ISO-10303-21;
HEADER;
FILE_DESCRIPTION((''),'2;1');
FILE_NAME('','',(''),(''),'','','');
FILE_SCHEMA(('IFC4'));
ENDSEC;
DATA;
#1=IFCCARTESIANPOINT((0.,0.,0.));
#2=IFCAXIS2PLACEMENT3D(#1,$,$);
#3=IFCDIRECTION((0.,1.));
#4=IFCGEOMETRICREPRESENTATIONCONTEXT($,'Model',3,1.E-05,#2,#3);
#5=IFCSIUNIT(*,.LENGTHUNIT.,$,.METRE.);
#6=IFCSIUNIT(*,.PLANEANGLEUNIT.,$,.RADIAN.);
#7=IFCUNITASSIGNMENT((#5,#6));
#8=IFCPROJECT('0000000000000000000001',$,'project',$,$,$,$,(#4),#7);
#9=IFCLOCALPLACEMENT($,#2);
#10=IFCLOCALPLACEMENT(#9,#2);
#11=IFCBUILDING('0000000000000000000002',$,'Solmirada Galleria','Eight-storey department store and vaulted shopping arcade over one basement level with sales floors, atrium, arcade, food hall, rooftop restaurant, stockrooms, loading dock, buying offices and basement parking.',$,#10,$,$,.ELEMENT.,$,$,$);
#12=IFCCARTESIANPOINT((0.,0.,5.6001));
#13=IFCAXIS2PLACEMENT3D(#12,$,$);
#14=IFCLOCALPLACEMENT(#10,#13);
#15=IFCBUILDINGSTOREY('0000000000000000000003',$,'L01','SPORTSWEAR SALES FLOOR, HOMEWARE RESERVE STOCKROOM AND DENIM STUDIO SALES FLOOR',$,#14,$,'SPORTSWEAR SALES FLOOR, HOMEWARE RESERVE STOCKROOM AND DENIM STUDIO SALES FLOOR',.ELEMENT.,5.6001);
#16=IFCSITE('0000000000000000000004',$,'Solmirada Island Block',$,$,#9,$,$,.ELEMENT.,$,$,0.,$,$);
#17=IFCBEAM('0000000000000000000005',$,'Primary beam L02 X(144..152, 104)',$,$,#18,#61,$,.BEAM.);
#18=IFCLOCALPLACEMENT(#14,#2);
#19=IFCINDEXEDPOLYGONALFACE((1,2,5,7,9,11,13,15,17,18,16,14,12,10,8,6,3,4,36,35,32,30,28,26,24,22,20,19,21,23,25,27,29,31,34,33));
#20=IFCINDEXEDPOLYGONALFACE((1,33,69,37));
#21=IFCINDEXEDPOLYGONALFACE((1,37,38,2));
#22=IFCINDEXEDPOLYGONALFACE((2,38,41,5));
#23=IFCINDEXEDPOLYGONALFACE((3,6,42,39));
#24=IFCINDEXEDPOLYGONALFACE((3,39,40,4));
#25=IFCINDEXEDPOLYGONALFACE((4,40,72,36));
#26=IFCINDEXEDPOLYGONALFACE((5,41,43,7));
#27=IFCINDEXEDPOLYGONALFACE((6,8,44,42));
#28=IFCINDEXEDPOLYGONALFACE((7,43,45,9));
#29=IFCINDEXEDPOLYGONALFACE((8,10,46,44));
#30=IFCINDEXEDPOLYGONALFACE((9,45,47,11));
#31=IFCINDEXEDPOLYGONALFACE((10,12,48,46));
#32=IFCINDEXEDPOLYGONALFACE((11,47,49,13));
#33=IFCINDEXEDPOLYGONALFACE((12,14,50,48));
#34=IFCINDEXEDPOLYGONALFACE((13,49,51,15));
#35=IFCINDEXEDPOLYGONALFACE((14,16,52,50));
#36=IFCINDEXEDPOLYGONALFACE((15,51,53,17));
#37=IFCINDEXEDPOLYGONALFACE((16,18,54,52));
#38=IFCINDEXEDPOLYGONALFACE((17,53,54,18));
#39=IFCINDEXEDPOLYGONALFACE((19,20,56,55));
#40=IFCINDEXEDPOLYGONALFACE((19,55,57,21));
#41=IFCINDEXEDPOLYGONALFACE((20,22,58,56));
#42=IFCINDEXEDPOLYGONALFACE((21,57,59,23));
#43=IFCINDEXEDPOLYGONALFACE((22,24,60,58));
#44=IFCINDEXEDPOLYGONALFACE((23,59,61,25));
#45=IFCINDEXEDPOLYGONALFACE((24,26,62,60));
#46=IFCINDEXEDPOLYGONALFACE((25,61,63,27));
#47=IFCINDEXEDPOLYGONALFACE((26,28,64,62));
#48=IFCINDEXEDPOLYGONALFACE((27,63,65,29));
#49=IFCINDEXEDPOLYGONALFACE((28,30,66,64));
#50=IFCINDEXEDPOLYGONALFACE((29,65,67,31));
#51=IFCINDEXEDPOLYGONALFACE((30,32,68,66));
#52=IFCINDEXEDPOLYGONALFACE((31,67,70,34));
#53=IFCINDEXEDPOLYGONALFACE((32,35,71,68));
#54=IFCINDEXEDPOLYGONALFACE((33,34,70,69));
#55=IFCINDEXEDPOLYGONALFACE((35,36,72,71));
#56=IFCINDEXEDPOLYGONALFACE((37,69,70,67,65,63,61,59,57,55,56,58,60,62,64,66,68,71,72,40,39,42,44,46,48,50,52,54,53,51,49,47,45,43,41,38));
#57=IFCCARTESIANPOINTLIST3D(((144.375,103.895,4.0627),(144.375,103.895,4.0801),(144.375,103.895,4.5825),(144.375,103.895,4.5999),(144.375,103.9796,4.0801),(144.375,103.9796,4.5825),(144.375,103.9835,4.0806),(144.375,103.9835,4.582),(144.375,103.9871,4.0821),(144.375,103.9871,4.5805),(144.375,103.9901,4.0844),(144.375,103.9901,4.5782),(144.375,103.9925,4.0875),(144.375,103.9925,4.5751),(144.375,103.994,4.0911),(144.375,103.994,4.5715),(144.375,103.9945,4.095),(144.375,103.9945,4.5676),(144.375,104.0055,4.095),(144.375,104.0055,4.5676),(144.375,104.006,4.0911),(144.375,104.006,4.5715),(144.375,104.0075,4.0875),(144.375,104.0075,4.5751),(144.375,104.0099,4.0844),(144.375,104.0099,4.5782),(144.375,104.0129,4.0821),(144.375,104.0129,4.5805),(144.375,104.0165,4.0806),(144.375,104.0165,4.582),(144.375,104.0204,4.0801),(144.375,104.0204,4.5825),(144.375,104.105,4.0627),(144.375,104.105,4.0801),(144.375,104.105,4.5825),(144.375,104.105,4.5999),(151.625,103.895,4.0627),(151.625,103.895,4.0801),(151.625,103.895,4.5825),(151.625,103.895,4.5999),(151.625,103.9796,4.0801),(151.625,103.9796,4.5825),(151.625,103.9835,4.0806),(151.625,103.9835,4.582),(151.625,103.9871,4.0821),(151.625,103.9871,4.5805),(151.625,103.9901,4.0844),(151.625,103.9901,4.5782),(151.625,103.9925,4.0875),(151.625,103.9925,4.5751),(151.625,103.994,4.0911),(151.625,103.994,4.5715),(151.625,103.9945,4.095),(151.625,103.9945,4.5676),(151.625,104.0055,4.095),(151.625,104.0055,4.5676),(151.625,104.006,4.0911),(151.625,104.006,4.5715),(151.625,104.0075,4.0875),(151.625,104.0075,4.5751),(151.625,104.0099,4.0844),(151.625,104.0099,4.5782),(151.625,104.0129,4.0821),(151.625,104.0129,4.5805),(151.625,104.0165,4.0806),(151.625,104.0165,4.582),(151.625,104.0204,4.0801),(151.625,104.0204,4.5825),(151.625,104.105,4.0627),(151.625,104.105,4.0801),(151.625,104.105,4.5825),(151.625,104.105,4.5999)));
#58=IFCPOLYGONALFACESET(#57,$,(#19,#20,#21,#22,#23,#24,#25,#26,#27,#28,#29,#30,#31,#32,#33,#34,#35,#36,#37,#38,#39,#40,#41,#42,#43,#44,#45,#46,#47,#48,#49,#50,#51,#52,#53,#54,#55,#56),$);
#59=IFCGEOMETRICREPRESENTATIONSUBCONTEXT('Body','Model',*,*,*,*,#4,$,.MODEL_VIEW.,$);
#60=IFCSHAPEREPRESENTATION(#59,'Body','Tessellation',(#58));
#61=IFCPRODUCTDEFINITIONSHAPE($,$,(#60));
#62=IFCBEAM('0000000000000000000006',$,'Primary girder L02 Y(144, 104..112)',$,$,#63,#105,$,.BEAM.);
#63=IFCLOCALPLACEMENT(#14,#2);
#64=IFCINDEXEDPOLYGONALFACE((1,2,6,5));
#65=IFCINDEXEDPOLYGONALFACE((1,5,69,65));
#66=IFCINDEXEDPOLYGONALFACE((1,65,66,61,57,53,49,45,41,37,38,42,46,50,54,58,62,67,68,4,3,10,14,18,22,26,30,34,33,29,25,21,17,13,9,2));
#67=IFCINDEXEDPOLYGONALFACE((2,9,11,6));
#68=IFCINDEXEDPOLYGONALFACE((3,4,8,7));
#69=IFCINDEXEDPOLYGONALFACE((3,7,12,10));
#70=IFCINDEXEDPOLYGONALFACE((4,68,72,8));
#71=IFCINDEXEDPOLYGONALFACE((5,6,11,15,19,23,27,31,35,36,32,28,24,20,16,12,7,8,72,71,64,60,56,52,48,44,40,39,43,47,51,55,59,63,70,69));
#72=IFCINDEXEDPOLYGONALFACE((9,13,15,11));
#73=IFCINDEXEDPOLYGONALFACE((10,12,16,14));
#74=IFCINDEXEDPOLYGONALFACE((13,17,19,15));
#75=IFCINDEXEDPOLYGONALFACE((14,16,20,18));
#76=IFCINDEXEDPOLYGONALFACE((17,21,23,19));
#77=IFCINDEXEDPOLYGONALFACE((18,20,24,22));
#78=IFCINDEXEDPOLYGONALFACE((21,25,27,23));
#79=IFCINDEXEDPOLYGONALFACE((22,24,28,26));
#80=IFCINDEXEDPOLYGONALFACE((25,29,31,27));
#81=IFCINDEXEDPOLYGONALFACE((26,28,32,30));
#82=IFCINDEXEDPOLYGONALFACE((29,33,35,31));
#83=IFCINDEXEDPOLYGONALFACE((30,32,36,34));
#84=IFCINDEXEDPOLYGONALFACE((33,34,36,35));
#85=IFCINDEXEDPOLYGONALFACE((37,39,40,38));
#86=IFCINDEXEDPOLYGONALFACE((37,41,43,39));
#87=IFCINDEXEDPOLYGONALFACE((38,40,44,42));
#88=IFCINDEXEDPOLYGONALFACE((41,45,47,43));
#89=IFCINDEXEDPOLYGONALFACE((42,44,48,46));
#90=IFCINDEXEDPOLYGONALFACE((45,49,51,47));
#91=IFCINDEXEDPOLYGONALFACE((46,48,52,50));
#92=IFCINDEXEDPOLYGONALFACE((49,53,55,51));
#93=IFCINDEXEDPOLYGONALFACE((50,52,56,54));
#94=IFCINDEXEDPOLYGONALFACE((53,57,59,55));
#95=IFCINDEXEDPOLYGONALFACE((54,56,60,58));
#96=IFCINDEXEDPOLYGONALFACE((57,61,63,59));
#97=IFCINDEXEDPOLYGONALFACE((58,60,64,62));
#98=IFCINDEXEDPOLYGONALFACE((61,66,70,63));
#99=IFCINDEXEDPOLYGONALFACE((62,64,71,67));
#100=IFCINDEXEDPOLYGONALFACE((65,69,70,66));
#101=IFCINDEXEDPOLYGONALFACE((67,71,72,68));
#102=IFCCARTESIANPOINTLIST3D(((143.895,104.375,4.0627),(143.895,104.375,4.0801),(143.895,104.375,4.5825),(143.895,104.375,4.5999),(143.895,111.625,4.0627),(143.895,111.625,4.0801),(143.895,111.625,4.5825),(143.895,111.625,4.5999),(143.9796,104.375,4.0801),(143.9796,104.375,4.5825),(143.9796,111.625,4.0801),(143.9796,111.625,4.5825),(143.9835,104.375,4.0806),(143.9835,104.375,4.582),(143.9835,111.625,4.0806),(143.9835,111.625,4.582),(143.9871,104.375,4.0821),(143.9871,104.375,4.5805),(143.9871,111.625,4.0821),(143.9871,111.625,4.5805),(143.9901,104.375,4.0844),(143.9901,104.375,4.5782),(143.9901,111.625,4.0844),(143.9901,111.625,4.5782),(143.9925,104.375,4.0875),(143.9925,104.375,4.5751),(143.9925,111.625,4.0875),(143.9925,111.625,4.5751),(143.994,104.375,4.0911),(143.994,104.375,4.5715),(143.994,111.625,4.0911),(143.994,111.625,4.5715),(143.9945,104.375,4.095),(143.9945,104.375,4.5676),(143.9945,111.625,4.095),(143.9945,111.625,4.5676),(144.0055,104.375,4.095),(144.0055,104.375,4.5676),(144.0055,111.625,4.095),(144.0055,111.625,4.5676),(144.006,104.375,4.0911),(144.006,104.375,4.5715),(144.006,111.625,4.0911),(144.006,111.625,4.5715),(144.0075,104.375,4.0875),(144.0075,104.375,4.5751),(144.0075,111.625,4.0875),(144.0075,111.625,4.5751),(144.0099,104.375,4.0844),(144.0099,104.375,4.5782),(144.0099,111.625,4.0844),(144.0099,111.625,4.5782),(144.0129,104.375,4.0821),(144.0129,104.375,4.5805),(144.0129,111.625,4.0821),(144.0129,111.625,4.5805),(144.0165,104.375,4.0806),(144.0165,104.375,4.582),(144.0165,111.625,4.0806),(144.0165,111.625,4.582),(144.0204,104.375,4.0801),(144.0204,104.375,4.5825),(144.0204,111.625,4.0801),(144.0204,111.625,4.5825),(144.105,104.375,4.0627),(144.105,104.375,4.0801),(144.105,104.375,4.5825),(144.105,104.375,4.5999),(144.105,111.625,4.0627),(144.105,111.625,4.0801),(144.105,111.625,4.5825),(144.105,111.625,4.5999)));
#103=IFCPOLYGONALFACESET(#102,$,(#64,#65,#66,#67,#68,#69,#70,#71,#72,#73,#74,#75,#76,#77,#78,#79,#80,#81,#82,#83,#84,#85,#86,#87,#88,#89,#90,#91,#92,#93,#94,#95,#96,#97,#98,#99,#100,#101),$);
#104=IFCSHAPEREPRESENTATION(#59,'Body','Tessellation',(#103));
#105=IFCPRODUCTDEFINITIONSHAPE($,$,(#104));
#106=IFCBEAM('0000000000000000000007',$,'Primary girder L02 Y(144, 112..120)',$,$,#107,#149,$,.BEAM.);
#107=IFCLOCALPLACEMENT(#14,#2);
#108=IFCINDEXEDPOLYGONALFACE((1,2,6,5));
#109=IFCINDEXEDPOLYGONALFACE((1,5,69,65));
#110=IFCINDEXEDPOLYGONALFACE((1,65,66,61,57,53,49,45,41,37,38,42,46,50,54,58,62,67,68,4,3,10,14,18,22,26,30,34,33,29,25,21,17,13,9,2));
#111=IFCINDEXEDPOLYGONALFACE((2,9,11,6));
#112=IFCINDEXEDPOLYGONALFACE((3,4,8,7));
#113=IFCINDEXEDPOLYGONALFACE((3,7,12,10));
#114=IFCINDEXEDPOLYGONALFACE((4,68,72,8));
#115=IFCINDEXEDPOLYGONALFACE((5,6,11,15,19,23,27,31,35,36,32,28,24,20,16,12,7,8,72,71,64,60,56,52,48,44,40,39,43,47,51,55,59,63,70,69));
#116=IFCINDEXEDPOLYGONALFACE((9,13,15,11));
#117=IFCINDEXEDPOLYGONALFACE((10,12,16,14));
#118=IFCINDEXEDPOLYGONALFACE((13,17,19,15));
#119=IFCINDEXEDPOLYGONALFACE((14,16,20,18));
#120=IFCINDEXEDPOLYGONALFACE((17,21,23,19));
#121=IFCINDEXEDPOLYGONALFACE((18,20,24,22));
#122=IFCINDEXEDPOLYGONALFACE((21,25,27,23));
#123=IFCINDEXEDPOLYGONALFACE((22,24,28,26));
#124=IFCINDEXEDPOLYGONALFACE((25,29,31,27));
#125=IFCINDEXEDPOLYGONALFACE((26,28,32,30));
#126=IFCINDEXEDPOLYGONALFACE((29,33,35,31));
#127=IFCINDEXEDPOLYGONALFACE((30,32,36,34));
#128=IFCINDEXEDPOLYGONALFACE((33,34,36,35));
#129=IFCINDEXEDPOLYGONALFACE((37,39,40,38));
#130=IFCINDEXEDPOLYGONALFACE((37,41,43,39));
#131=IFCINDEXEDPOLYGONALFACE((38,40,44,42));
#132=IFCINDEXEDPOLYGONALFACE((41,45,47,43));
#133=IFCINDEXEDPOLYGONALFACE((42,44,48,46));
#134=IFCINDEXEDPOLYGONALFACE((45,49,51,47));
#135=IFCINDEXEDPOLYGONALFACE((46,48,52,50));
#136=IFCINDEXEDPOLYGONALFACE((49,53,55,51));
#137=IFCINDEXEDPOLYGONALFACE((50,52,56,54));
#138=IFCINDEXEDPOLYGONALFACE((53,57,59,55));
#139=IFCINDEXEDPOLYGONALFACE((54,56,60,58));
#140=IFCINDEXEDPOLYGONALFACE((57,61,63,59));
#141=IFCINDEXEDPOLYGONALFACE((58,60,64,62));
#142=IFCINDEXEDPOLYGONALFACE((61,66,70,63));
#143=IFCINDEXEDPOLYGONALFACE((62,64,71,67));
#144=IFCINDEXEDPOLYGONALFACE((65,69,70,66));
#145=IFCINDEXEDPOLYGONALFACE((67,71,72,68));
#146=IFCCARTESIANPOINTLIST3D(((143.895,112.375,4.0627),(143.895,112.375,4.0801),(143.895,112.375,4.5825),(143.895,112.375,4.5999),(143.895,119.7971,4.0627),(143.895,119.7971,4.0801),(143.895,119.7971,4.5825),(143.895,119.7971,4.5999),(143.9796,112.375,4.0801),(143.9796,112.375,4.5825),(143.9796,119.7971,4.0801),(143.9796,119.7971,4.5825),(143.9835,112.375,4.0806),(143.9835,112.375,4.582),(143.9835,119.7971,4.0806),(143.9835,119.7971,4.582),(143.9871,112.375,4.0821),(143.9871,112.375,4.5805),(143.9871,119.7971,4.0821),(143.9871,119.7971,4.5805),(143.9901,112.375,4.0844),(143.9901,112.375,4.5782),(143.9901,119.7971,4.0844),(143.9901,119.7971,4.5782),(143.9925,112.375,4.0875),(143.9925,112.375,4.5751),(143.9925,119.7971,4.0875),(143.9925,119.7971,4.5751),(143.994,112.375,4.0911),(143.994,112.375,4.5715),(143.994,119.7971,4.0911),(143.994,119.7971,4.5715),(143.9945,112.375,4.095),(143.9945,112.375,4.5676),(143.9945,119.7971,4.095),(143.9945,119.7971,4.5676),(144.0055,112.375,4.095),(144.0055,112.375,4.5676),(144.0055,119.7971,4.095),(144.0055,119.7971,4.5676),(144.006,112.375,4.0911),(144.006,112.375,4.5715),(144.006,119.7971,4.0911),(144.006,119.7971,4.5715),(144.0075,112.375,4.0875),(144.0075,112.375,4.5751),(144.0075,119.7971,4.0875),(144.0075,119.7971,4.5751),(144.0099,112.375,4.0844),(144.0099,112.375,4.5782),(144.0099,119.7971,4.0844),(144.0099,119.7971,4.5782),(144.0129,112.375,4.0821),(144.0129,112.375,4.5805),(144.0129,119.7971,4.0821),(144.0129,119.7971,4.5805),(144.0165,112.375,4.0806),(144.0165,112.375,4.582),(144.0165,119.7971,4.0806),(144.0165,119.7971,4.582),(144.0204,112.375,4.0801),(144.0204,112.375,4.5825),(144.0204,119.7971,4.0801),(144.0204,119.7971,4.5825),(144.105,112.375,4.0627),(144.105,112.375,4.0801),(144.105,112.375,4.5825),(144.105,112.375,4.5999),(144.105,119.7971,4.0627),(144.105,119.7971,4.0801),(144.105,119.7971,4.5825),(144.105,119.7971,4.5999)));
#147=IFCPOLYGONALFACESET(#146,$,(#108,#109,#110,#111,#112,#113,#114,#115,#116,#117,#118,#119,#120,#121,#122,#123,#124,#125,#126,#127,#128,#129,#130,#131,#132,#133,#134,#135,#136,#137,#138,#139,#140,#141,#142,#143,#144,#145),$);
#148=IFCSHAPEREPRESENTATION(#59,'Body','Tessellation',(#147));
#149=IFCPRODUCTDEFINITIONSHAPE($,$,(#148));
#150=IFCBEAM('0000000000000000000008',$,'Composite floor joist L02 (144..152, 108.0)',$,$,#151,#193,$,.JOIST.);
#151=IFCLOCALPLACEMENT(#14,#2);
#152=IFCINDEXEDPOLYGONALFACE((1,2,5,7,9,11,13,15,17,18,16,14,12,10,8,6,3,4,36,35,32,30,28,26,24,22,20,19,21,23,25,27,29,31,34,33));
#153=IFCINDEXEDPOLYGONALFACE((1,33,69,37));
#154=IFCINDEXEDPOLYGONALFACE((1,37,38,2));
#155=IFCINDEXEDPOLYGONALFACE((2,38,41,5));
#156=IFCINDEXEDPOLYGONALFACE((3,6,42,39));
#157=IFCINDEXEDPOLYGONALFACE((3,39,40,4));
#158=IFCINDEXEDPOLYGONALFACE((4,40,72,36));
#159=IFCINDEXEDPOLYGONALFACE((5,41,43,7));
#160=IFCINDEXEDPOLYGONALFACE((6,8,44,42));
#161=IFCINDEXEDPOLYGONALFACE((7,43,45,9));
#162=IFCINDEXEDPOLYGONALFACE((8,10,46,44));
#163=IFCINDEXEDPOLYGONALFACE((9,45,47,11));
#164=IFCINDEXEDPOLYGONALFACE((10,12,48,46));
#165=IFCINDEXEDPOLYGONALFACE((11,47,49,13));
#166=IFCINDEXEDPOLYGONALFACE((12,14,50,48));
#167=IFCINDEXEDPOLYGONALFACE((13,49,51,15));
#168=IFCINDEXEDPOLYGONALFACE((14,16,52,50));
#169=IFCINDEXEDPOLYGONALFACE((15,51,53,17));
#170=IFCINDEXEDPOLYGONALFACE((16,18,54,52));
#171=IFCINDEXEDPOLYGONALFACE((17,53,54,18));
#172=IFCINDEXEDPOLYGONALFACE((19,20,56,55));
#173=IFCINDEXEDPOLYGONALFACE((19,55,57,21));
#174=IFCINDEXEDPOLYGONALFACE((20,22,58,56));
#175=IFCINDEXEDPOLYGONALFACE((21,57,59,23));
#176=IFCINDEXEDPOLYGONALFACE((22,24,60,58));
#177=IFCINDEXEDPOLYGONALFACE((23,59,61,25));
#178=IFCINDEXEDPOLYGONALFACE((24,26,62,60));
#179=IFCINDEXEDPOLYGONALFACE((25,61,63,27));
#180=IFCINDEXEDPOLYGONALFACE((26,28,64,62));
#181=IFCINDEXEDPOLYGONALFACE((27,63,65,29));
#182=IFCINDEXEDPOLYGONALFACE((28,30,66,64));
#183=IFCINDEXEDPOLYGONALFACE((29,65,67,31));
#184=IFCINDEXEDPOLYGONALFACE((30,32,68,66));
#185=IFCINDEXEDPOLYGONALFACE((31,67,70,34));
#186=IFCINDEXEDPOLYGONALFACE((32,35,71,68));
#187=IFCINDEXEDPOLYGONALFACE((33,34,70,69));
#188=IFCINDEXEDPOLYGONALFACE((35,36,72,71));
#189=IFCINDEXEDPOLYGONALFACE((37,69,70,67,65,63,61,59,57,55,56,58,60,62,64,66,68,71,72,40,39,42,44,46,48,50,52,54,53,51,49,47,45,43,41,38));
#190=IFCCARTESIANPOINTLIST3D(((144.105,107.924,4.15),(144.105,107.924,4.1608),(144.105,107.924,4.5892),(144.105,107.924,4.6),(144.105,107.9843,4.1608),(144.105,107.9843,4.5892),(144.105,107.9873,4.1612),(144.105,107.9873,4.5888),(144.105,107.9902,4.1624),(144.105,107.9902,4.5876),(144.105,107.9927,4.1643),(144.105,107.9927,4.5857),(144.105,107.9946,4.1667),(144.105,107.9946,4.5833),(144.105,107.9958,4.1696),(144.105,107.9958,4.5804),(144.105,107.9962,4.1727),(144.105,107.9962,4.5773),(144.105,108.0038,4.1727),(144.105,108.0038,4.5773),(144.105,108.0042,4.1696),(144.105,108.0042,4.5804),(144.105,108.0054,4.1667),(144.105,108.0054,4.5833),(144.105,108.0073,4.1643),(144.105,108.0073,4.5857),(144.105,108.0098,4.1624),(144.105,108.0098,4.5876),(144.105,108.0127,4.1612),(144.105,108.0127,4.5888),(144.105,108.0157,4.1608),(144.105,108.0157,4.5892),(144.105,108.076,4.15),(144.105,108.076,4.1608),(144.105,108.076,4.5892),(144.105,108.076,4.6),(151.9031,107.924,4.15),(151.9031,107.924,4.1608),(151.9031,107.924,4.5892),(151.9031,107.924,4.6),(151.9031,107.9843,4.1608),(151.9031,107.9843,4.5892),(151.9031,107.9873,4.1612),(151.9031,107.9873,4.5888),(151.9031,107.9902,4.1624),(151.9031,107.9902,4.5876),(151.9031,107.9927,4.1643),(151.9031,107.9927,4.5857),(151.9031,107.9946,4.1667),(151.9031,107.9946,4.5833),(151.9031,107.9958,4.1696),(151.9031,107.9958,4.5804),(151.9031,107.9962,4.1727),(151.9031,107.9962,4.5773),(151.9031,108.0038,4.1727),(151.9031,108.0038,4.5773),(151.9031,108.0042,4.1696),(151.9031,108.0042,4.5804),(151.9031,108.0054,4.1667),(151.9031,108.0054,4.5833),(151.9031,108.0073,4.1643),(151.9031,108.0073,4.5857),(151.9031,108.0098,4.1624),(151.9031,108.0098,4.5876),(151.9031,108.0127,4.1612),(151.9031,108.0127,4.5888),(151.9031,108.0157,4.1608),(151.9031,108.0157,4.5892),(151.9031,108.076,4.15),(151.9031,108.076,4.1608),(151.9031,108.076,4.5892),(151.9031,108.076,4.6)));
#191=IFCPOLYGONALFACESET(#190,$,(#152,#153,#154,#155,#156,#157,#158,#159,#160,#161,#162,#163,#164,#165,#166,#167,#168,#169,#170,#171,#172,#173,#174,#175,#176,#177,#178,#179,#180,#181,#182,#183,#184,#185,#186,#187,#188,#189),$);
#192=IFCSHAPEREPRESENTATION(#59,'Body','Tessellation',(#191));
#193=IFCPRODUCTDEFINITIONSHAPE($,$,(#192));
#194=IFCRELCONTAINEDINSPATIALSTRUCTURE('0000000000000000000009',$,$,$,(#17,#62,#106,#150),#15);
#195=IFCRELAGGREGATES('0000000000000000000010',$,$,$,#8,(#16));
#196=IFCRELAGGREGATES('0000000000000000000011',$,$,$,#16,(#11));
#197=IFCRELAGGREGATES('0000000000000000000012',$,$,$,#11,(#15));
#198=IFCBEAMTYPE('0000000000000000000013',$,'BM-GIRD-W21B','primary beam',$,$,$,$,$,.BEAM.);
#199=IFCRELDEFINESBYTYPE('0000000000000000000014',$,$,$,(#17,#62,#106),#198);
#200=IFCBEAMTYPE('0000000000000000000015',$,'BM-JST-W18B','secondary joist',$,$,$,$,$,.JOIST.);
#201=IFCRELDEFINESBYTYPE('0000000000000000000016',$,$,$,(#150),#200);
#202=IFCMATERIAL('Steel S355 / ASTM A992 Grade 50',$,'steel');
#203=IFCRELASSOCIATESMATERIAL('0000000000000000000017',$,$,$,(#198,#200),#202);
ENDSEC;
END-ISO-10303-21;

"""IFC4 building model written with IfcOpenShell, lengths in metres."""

from ifc_helpers import new_model, si_unit, direction, frame, origin, origin_2d, place, context, subcontext, project, spatial, i_section, extrude, material, material_profile, profile_set, type_object, element, save


model = new_model("IFC4")

# Units and contexts
model_context = context("Model", 3, precision=1e-05, world=origin(), true_north=direction((0.0, 1.0)))
body_context = subcontext(model_context, "Body", "Model", "MODEL_VIEW")
ifc_project = project(units=[si_unit("LENGTHUNIT", "METRE"), si_unit("PLANEANGLEUNIT", "RADIAN")], contexts=[model_context])

# Site, building, storey
site_placement = place(None, origin())
site = spatial("IfcSite", under=ifc_project, at=site_placement, Name="Solmirada Island Block", CompositionType="ELEMENT", RefElevation=0.0)
building_placement = place(site_placement, origin())
building = spatial("IfcBuilding", under=site, at=building_placement, Name="Solmirada Galleria", Description="Eight-storey department store and vaulted shopping arcade over one basement level with sales floors, atrium, arcade, food hall, rooftop restaurant, stockrooms, loading dock, buying offices and basement parking.", CompositionType="ELEMENT")
storey_placement = place(building_placement, frame((0.0, 0.0, 5.6001)))
storey = spatial("IfcBuildingStorey", under=building, at=storey_placement, Name="L01", Description="SPORTSWEAR SALES FLOOR, HOMEWARE RESERVE STOCKROOM AND DENIM STUDIO SALES FLOOR", LongName="SPORTSWEAR SALES FLOOR, HOMEWARE RESERVE STOCKROOM AND DENIM STUDIO SALES FLOOR", CompositionType="ELEMENT", Elevation=5.6001)

# Beams
ifc_material_1 = material(Name="Steel S355 / ASTM A992 Grade 50", Category="steel")
ifc_material_profile_1 = material_profile(ifc_material_1, i_section(OverallWidth=0.21, OverallDepth=0.5371, WebThickness=0.011, FlangeThickness=0.0173, FilletRadius=0.0149, at=origin_2d()), Name="W21X68")
ifc_profile_set_1 = profile_set([ifc_material_profile_1], Name="Steel S355 / ASTM A992 Grade 50")
beam_type_1 = type_object("IfcBeamType", Name="BM-GIRD-W21B", Description="primary beam", PredefinedType="BEAM", material=ifc_profile_set_1)
for number, where, z_axis, x_axis, name in (
    (1, (144.375, 104.0, 4.3313), (1.0, 0.0, 0.0), (0.0, 1.0, 0.0), "Primary beam L02 X(144..152, 104)"),
    (2, (144.0, 104.375, 4.3313), (0.0, 1.0, 0.0), (-1.0, 0.0, 0.0), "Primary girder L02 Y(144, 104..112)"),
):
    element("IfcBeam", number, at=place(storey_placement, frame(where, z_axis=z_axis, x_axis=x_axis)), inside=storey, type_object=beam_type_1, Name=name, PredefinedType="BEAM", context=body_context, shape_type="SweptSolid", body=[
        extrude(i_section(OverallWidth=0.21, OverallDepth=0.5371, WebThickness=0.011, FlangeThickness=0.0173, FilletRadius=0.0149, at=origin_2d()), origin(), (0.0, 0.0, 1.0), 7.25),
    ])
beam_1_placement = place(storey_placement, frame((144.0, 112.375, 4.3313), z_axis=(0.0, 1.0, 0.0), x_axis=(-1.0, 0.0, 0.0)))
element("IfcBeam", 3, at=beam_1_placement, inside=storey, type_object=beam_type_1, Name="Primary girder L02 Y(144, 112..120)", PredefinedType="BEAM", context=body_context, shape_type="SweptSolid", body=[
    extrude(i_section(OverallWidth=0.21, OverallDepth=0.5371, WebThickness=0.011, FlangeThickness=0.0173, FilletRadius=0.0149, at=origin_2d()), origin(), (0.0, 0.0, 1.0), 7.4221),
])
ifc_material_profile_2 = material_profile(ifc_material_1, i_section(OverallWidth=0.1521, OverallDepth=0.45, WebThickness=0.0076, FlangeThickness=0.0107, FilletRadius=0.012, at=origin_2d()), Name="W18X35")
ifc_profile_set_2 = profile_set([ifc_material_profile_2], Name="Steel S355 / ASTM A992 Grade 50")
beam_type_2 = type_object("IfcBeamType", Name="BM-JST-W18B", Description="secondary joist", PredefinedType="JOIST", material=ifc_profile_set_2)
for number, where, z_axis, x_axis, name in (
    (4, (144.105, 108.0, 4.375), (1.0, 0.0, 0.0), (0.0, 1.0, 0.0), "Composite floor joist L02 (144..152, 108.0)"),
):
    element("IfcBeam", number, at=place(storey_placement, frame(where, z_axis=z_axis, x_axis=x_axis)), inside=storey, type_object=beam_type_2, Name=name, PredefinedType="JOIST", context=body_context, shape_type="SweptSolid", body=[
        extrude(i_section(OverallWidth=0.1521, OverallDepth=0.45, WebThickness=0.0076, FlangeThickness=0.0107, FilletRadius=0.012, at=origin_2d()), origin(), (0.0, 0.0, 1.0), 7.7981),
    ])

save(model, "model.ifc")
